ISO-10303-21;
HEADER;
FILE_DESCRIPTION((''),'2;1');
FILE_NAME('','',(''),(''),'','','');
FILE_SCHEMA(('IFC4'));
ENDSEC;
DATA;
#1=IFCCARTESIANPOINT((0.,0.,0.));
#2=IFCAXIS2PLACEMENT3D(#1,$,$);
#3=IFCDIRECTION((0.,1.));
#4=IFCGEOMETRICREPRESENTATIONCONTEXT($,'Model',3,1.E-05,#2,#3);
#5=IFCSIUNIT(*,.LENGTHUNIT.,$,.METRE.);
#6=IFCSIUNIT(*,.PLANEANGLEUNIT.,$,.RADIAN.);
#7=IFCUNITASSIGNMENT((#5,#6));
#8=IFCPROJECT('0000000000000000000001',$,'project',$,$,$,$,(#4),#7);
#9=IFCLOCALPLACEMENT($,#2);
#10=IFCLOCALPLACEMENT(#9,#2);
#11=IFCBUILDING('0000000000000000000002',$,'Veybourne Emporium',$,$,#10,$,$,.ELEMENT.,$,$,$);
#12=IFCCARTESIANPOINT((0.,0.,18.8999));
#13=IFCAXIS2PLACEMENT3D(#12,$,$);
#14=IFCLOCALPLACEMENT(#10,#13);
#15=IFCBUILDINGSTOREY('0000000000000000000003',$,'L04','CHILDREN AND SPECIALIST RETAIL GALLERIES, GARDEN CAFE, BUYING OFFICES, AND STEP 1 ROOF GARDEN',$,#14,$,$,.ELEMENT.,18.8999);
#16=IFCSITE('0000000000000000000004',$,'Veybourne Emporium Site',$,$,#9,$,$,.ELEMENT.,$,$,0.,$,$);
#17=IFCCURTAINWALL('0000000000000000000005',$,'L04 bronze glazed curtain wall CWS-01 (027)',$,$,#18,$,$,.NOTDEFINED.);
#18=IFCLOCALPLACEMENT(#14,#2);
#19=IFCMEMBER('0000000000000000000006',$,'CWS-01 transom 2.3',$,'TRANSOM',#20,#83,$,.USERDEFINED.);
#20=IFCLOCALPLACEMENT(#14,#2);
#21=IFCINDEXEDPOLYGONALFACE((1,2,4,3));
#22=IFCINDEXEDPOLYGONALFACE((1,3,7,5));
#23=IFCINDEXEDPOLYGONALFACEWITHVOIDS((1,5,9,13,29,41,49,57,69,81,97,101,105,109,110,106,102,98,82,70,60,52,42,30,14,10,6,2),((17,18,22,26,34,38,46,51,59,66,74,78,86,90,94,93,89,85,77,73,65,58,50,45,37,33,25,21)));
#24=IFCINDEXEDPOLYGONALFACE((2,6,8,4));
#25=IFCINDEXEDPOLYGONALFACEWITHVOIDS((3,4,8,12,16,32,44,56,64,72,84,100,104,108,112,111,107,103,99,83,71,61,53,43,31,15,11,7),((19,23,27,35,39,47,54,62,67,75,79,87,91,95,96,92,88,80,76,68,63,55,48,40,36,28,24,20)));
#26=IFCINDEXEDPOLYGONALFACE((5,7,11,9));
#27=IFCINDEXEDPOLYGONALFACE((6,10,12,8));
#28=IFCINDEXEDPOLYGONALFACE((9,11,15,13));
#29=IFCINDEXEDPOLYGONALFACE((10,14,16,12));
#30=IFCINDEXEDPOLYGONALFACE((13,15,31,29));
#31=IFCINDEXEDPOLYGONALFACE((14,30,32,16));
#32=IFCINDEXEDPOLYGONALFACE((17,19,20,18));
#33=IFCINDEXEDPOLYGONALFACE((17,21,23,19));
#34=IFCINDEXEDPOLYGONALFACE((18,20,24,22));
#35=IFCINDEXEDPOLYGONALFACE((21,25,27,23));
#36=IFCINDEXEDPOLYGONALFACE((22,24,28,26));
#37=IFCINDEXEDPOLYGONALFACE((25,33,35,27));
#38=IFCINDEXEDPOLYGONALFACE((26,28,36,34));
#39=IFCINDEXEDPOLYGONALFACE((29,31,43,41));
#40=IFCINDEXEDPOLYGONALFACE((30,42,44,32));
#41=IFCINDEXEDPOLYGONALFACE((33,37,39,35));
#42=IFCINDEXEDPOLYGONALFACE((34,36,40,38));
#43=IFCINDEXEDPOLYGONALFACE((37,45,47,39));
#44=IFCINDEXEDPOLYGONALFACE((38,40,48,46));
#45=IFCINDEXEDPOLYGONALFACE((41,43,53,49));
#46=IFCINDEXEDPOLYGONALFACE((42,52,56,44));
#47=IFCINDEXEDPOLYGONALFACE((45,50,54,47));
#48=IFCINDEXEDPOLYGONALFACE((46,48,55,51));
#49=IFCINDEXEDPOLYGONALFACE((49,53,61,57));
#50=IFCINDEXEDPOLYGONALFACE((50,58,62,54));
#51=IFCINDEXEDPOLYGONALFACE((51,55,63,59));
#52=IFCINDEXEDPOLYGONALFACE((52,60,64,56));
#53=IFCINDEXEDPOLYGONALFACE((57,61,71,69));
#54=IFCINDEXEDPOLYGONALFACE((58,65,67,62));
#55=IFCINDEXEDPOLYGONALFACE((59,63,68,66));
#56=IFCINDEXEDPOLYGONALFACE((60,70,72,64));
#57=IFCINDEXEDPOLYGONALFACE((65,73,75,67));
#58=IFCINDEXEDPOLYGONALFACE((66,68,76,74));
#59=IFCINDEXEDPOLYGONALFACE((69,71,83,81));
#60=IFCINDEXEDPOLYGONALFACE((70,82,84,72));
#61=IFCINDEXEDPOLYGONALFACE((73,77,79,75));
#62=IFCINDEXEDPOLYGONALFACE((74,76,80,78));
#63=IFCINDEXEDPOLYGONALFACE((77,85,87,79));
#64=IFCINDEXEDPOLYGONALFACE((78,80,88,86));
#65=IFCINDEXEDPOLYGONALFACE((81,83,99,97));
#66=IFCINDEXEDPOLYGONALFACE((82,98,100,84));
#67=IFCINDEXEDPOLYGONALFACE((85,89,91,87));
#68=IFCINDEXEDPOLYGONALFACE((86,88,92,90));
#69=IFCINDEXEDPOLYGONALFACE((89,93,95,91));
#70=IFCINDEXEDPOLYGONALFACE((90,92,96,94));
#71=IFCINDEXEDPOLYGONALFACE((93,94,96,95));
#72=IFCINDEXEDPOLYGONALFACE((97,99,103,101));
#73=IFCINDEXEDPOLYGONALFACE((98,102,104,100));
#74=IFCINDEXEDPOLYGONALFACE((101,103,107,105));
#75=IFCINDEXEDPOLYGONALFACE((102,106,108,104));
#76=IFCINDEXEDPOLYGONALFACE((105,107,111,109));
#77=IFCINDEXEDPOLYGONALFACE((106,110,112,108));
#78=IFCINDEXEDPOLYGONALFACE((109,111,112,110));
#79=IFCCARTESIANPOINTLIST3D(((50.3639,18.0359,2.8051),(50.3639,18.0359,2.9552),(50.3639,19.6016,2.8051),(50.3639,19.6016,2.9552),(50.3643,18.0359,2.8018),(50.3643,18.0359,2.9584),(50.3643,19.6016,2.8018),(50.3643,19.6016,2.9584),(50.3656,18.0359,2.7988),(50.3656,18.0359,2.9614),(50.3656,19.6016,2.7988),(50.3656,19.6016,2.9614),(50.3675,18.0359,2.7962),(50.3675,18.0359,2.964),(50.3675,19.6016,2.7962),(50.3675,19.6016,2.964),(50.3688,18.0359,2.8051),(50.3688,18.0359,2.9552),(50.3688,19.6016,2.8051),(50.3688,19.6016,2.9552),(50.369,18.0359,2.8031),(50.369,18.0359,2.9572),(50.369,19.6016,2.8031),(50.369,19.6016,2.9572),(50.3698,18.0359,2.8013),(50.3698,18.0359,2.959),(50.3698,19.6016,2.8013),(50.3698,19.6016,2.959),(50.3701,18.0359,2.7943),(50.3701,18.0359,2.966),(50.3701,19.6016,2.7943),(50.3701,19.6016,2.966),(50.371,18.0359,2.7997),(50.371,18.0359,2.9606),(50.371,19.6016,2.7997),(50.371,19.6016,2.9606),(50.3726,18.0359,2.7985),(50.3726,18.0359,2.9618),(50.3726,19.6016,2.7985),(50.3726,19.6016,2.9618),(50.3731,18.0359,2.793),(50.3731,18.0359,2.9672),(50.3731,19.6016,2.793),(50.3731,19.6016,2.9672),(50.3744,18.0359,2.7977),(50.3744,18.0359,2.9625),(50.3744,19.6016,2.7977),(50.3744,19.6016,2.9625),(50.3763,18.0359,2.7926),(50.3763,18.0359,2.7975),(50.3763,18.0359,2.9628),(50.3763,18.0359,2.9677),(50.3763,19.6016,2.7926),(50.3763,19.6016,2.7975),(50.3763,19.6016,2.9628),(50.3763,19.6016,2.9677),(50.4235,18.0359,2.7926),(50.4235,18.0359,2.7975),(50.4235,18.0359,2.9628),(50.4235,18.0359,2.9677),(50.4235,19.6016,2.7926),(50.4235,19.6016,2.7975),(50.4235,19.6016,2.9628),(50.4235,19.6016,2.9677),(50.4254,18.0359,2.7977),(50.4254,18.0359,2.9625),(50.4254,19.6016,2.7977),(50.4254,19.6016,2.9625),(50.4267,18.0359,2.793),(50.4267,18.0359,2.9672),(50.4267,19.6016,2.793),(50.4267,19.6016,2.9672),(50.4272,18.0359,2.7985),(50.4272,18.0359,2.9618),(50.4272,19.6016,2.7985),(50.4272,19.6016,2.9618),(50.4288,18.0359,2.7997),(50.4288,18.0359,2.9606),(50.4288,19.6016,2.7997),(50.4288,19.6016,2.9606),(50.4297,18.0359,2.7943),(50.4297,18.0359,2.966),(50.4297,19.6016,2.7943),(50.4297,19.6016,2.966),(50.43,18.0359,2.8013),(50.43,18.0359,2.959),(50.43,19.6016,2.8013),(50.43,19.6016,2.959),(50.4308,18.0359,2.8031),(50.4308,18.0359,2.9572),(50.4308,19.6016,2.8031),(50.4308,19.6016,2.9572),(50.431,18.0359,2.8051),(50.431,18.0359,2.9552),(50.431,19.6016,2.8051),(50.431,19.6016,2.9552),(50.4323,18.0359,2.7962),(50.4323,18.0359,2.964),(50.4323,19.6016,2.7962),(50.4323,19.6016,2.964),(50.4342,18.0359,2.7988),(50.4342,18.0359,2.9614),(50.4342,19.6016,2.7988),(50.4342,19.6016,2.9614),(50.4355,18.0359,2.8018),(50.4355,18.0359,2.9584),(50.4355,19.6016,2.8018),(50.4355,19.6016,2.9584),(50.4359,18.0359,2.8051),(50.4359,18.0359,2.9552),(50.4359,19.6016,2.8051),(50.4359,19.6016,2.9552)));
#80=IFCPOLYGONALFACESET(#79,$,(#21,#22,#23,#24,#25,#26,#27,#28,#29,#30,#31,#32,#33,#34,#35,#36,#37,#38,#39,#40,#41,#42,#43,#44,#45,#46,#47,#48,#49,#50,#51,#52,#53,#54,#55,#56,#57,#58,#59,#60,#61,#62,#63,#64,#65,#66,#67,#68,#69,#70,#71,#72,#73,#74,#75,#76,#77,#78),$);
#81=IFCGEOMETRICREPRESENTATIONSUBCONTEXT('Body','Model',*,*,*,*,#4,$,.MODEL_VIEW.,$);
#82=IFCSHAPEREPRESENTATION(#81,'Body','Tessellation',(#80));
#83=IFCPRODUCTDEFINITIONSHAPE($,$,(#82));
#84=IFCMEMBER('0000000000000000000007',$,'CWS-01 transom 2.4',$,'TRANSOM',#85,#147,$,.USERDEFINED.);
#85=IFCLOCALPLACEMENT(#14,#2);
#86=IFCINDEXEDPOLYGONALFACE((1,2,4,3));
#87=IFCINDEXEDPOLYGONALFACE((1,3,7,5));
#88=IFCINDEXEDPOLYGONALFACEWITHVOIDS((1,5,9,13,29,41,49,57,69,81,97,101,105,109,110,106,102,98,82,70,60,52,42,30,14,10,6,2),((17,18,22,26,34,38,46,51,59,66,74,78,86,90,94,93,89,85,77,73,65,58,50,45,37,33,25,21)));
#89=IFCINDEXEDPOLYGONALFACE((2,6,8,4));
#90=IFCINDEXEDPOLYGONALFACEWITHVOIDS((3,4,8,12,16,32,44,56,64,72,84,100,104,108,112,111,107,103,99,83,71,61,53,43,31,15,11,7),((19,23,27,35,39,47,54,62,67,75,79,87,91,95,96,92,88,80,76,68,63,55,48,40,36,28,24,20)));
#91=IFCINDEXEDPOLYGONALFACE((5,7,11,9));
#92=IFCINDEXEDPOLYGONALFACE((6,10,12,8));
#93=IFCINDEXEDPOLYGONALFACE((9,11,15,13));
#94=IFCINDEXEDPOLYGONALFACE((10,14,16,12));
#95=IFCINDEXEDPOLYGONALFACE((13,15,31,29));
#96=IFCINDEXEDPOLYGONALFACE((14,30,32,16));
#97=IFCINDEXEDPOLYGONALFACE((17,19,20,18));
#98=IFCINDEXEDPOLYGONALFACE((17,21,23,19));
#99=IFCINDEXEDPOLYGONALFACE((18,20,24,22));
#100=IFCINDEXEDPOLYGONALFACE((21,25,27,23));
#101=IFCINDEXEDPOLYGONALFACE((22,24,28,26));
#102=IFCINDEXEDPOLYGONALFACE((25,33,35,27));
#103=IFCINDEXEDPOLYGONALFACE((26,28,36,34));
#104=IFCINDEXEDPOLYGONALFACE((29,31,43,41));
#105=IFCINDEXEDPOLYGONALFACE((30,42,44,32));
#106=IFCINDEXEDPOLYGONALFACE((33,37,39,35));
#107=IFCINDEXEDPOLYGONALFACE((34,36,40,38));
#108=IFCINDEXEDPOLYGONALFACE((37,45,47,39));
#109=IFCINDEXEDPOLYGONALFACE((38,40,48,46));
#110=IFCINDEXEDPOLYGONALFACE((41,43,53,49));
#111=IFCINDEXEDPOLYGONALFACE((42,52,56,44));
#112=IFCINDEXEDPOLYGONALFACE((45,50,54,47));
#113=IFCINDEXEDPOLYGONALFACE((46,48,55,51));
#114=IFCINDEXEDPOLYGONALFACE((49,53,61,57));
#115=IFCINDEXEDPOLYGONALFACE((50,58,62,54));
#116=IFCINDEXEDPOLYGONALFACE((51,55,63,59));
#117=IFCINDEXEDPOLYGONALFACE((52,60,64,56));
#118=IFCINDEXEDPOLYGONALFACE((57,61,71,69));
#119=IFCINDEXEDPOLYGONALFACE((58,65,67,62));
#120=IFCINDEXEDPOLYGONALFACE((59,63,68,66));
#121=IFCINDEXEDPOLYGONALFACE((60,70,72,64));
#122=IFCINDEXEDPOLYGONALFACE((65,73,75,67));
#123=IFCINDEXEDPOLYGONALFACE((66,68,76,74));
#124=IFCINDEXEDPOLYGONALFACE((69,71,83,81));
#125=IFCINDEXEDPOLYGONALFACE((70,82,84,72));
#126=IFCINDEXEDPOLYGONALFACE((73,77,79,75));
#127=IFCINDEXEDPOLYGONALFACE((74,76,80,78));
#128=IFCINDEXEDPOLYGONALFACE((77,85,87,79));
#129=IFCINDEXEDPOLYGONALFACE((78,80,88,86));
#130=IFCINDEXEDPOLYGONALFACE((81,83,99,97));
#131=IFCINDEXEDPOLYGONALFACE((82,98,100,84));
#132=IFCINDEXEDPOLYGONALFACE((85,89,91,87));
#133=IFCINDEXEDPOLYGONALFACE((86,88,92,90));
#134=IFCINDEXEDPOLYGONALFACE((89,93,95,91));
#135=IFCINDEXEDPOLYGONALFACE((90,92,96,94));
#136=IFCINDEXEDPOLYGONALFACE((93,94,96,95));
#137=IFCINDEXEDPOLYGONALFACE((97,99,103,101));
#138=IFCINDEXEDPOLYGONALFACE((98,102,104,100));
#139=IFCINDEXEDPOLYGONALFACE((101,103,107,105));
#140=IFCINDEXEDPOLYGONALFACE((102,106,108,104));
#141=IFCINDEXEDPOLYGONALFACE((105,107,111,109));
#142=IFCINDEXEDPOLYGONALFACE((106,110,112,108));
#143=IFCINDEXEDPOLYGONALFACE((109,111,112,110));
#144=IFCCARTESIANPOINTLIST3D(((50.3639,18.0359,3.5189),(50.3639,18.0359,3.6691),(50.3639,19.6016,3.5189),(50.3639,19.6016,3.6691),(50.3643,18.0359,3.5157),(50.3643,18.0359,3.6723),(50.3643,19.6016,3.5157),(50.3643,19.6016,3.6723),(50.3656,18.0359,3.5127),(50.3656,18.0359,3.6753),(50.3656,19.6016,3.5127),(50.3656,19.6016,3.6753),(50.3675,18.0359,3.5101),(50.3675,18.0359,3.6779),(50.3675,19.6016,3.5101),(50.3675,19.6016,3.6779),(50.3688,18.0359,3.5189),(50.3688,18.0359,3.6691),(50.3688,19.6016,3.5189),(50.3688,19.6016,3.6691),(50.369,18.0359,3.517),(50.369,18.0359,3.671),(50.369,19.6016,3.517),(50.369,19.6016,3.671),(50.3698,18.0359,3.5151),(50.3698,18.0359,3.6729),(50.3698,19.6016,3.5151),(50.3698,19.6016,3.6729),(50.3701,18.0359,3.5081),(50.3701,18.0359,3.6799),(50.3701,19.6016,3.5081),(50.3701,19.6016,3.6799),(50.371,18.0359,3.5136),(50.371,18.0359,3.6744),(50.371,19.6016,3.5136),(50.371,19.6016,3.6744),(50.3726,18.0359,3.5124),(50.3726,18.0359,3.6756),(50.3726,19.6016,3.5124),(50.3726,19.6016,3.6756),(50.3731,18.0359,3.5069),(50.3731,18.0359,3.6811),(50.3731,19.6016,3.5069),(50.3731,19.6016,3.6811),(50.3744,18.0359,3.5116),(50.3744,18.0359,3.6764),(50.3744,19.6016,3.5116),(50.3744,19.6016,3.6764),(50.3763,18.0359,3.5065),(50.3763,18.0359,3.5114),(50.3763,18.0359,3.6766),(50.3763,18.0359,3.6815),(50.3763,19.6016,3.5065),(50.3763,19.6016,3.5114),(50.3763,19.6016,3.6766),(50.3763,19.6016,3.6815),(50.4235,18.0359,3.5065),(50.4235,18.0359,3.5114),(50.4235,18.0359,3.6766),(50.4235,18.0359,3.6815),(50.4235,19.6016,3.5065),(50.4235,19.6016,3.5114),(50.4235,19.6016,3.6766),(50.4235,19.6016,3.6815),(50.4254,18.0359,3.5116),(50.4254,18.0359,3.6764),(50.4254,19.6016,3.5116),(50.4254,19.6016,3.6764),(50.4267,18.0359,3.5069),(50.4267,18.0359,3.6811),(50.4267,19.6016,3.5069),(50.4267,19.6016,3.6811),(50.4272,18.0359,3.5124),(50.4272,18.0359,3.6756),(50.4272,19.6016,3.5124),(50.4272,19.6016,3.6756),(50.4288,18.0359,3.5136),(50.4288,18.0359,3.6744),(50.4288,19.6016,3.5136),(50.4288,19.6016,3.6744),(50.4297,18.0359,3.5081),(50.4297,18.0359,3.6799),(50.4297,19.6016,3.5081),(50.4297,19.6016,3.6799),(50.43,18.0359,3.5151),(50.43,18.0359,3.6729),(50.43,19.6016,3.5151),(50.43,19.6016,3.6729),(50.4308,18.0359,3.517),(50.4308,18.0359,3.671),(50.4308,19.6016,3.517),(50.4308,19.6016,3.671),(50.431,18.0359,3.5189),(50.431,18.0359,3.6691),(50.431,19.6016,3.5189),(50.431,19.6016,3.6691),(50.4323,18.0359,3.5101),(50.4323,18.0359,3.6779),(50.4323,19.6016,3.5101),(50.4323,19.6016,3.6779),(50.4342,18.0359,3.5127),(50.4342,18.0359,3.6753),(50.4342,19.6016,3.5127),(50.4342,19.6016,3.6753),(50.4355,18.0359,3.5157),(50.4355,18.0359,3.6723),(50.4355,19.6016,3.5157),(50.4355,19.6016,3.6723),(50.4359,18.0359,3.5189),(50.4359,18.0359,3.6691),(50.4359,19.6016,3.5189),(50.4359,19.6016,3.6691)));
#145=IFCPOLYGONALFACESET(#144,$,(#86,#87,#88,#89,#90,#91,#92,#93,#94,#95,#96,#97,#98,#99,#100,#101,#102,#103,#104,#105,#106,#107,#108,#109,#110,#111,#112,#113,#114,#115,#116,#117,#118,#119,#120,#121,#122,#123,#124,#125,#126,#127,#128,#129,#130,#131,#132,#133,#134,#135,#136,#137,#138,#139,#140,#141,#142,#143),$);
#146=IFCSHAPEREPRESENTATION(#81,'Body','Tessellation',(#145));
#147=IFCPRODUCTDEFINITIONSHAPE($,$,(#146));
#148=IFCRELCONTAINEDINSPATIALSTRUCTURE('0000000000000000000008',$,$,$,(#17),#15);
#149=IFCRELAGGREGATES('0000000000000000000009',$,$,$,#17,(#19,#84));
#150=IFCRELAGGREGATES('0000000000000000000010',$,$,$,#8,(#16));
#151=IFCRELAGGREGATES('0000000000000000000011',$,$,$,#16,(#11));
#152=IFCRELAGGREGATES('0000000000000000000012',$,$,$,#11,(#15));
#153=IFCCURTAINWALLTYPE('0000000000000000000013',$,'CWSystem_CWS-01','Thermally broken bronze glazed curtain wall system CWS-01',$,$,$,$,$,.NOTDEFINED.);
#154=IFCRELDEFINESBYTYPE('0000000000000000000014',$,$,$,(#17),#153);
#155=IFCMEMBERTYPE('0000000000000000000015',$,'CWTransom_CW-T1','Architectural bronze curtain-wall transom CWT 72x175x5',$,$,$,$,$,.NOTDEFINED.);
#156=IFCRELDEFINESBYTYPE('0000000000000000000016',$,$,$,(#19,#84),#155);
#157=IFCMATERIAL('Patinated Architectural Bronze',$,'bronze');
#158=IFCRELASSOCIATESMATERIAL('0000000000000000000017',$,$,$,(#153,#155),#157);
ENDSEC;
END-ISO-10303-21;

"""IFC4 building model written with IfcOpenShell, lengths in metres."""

from ifc_helpers import new_model, si_unit, direction, frame, origin, origin_2d, place, context, subcontext, project, spatial, hollow_rectangle, extrude, material, material_profile, profile_set, type_object, element, aggregate, save


model = new_model("IFC4")

# Units and contexts
model_context = context("Model", 3, precision=1e-05, world=origin(), true_north=direction((0.0, 1.0)))
body_context = subcontext(model_context, "Body", "Model", "MODEL_VIEW")
ifc_project = project(units=[si_unit("LENGTHUNIT", "METRE"), si_unit("PLANEANGLEUNIT", "RADIAN")], contexts=[model_context])

# Site, building, storey
site_placement = place(None, origin())
site = spatial("IfcSite", under=ifc_project, at=site_placement, Name="Veybourne Emporium Site", CompositionType="ELEMENT", RefElevation=0.0)
building_placement = place(site_placement, origin())
building = spatial("IfcBuilding", under=site, at=building_placement, Name="Veybourne Emporium", CompositionType="ELEMENT")
storey_placement = place(building_placement, frame((0.0, 0.0, 18.8999)))
storey = spatial("IfcBuildingStorey", under=building, at=storey_placement, Name="L04", Description="CHILDREN AND SPECIALIST RETAIL GALLERIES, GARDEN CAFE, BUYING OFFICES, AND STEP 1 ROOF GARDEN", CompositionType="ELEMENT", Elevation=18.8999)

# Curtain wall, members
ifc_material_1 = material(Name="Patinated Architectural Bronze", Category="bronze")
curtain_wall_type = type_object("IfcCurtainWallType", Name="CWSystem_CWS-01", Description="Thermally broken bronze glazed curtain wall system CWS-01", PredefinedType="NOTDEFINED", material=ifc_material_1)
curtain_wall_placement = place(storey_placement, origin())
curtain_wall = element("IfcCurtainWall", 1, at=curtain_wall_placement, inside=storey, type_object=curtain_wall_type, Name="L04 bronze glazed curtain wall CWS-01 (027)", PredefinedType="NOTDEFINED")
ifc_material_profile = material_profile(ifc_material_1, hollow_rectangle(XDim=0.072, YDim=0.175, WallThickness=0.0049, InnerFilletRadius=0.0076, OuterFilletRadius=0.0125, at=origin_2d()), Name="CWT 72x175x5")
ifc_profile_set = profile_set([ifc_material_profile], Name="Patinated Architectural Bronze")
member_type = type_object("IfcMemberType", Name="CWTransom_CW-T1", Description="Architectural bronze curtain-wall transom CWT 72x175x5", PredefinedType="NOTDEFINED", material=ifc_profile_set)
member_1_placement = place(storey_placement, frame((50.3999, 19.6016, 2.8801), z_axis=(0.0, -1.0, 0.0), x_axis=(1.0, 0.0, 0.0)))
member_1 = element("IfcMember", 2, at=member_1_placement, type_object=member_type, Name="CWS-01 transom 2.3", ObjectType="TRANSOM", PredefinedType="USERDEFINED", context=body_context, shape_type="SweptSolid", body=[
    extrude(hollow_rectangle(XDim=0.072, YDim=0.175, WallThickness=0.0049, InnerFilletRadius=0.0076, OuterFilletRadius=0.0125, at=origin_2d()), origin(), (0.0, 0.0, 1.0), 1.5657),
])
member_2_placement = place(storey_placement, frame((50.3999, 19.6016, 3.594), z_axis=(0.0, -1.0, 0.0), x_axis=(1.0, 0.0, 0.0)))
member_2 = element("IfcMember", 3, at=member_2_placement, type_object=member_type, Name="CWS-01 transom 2.4", ObjectType="TRANSOM", PredefinedType="USERDEFINED", context=body_context, shape_type="SweptSolid", body=[
    extrude(hollow_rectangle(XDim=0.072, YDim=0.175, WallThickness=0.0049, InnerFilletRadius=0.0076, OuterFilletRadius=0.0125, at=origin_2d()), origin(), (0.0, 0.0, 1.0), 1.5657),
])
aggregate(curtain_wall, [member_1, member_2])

save(model, "model.ifc")
